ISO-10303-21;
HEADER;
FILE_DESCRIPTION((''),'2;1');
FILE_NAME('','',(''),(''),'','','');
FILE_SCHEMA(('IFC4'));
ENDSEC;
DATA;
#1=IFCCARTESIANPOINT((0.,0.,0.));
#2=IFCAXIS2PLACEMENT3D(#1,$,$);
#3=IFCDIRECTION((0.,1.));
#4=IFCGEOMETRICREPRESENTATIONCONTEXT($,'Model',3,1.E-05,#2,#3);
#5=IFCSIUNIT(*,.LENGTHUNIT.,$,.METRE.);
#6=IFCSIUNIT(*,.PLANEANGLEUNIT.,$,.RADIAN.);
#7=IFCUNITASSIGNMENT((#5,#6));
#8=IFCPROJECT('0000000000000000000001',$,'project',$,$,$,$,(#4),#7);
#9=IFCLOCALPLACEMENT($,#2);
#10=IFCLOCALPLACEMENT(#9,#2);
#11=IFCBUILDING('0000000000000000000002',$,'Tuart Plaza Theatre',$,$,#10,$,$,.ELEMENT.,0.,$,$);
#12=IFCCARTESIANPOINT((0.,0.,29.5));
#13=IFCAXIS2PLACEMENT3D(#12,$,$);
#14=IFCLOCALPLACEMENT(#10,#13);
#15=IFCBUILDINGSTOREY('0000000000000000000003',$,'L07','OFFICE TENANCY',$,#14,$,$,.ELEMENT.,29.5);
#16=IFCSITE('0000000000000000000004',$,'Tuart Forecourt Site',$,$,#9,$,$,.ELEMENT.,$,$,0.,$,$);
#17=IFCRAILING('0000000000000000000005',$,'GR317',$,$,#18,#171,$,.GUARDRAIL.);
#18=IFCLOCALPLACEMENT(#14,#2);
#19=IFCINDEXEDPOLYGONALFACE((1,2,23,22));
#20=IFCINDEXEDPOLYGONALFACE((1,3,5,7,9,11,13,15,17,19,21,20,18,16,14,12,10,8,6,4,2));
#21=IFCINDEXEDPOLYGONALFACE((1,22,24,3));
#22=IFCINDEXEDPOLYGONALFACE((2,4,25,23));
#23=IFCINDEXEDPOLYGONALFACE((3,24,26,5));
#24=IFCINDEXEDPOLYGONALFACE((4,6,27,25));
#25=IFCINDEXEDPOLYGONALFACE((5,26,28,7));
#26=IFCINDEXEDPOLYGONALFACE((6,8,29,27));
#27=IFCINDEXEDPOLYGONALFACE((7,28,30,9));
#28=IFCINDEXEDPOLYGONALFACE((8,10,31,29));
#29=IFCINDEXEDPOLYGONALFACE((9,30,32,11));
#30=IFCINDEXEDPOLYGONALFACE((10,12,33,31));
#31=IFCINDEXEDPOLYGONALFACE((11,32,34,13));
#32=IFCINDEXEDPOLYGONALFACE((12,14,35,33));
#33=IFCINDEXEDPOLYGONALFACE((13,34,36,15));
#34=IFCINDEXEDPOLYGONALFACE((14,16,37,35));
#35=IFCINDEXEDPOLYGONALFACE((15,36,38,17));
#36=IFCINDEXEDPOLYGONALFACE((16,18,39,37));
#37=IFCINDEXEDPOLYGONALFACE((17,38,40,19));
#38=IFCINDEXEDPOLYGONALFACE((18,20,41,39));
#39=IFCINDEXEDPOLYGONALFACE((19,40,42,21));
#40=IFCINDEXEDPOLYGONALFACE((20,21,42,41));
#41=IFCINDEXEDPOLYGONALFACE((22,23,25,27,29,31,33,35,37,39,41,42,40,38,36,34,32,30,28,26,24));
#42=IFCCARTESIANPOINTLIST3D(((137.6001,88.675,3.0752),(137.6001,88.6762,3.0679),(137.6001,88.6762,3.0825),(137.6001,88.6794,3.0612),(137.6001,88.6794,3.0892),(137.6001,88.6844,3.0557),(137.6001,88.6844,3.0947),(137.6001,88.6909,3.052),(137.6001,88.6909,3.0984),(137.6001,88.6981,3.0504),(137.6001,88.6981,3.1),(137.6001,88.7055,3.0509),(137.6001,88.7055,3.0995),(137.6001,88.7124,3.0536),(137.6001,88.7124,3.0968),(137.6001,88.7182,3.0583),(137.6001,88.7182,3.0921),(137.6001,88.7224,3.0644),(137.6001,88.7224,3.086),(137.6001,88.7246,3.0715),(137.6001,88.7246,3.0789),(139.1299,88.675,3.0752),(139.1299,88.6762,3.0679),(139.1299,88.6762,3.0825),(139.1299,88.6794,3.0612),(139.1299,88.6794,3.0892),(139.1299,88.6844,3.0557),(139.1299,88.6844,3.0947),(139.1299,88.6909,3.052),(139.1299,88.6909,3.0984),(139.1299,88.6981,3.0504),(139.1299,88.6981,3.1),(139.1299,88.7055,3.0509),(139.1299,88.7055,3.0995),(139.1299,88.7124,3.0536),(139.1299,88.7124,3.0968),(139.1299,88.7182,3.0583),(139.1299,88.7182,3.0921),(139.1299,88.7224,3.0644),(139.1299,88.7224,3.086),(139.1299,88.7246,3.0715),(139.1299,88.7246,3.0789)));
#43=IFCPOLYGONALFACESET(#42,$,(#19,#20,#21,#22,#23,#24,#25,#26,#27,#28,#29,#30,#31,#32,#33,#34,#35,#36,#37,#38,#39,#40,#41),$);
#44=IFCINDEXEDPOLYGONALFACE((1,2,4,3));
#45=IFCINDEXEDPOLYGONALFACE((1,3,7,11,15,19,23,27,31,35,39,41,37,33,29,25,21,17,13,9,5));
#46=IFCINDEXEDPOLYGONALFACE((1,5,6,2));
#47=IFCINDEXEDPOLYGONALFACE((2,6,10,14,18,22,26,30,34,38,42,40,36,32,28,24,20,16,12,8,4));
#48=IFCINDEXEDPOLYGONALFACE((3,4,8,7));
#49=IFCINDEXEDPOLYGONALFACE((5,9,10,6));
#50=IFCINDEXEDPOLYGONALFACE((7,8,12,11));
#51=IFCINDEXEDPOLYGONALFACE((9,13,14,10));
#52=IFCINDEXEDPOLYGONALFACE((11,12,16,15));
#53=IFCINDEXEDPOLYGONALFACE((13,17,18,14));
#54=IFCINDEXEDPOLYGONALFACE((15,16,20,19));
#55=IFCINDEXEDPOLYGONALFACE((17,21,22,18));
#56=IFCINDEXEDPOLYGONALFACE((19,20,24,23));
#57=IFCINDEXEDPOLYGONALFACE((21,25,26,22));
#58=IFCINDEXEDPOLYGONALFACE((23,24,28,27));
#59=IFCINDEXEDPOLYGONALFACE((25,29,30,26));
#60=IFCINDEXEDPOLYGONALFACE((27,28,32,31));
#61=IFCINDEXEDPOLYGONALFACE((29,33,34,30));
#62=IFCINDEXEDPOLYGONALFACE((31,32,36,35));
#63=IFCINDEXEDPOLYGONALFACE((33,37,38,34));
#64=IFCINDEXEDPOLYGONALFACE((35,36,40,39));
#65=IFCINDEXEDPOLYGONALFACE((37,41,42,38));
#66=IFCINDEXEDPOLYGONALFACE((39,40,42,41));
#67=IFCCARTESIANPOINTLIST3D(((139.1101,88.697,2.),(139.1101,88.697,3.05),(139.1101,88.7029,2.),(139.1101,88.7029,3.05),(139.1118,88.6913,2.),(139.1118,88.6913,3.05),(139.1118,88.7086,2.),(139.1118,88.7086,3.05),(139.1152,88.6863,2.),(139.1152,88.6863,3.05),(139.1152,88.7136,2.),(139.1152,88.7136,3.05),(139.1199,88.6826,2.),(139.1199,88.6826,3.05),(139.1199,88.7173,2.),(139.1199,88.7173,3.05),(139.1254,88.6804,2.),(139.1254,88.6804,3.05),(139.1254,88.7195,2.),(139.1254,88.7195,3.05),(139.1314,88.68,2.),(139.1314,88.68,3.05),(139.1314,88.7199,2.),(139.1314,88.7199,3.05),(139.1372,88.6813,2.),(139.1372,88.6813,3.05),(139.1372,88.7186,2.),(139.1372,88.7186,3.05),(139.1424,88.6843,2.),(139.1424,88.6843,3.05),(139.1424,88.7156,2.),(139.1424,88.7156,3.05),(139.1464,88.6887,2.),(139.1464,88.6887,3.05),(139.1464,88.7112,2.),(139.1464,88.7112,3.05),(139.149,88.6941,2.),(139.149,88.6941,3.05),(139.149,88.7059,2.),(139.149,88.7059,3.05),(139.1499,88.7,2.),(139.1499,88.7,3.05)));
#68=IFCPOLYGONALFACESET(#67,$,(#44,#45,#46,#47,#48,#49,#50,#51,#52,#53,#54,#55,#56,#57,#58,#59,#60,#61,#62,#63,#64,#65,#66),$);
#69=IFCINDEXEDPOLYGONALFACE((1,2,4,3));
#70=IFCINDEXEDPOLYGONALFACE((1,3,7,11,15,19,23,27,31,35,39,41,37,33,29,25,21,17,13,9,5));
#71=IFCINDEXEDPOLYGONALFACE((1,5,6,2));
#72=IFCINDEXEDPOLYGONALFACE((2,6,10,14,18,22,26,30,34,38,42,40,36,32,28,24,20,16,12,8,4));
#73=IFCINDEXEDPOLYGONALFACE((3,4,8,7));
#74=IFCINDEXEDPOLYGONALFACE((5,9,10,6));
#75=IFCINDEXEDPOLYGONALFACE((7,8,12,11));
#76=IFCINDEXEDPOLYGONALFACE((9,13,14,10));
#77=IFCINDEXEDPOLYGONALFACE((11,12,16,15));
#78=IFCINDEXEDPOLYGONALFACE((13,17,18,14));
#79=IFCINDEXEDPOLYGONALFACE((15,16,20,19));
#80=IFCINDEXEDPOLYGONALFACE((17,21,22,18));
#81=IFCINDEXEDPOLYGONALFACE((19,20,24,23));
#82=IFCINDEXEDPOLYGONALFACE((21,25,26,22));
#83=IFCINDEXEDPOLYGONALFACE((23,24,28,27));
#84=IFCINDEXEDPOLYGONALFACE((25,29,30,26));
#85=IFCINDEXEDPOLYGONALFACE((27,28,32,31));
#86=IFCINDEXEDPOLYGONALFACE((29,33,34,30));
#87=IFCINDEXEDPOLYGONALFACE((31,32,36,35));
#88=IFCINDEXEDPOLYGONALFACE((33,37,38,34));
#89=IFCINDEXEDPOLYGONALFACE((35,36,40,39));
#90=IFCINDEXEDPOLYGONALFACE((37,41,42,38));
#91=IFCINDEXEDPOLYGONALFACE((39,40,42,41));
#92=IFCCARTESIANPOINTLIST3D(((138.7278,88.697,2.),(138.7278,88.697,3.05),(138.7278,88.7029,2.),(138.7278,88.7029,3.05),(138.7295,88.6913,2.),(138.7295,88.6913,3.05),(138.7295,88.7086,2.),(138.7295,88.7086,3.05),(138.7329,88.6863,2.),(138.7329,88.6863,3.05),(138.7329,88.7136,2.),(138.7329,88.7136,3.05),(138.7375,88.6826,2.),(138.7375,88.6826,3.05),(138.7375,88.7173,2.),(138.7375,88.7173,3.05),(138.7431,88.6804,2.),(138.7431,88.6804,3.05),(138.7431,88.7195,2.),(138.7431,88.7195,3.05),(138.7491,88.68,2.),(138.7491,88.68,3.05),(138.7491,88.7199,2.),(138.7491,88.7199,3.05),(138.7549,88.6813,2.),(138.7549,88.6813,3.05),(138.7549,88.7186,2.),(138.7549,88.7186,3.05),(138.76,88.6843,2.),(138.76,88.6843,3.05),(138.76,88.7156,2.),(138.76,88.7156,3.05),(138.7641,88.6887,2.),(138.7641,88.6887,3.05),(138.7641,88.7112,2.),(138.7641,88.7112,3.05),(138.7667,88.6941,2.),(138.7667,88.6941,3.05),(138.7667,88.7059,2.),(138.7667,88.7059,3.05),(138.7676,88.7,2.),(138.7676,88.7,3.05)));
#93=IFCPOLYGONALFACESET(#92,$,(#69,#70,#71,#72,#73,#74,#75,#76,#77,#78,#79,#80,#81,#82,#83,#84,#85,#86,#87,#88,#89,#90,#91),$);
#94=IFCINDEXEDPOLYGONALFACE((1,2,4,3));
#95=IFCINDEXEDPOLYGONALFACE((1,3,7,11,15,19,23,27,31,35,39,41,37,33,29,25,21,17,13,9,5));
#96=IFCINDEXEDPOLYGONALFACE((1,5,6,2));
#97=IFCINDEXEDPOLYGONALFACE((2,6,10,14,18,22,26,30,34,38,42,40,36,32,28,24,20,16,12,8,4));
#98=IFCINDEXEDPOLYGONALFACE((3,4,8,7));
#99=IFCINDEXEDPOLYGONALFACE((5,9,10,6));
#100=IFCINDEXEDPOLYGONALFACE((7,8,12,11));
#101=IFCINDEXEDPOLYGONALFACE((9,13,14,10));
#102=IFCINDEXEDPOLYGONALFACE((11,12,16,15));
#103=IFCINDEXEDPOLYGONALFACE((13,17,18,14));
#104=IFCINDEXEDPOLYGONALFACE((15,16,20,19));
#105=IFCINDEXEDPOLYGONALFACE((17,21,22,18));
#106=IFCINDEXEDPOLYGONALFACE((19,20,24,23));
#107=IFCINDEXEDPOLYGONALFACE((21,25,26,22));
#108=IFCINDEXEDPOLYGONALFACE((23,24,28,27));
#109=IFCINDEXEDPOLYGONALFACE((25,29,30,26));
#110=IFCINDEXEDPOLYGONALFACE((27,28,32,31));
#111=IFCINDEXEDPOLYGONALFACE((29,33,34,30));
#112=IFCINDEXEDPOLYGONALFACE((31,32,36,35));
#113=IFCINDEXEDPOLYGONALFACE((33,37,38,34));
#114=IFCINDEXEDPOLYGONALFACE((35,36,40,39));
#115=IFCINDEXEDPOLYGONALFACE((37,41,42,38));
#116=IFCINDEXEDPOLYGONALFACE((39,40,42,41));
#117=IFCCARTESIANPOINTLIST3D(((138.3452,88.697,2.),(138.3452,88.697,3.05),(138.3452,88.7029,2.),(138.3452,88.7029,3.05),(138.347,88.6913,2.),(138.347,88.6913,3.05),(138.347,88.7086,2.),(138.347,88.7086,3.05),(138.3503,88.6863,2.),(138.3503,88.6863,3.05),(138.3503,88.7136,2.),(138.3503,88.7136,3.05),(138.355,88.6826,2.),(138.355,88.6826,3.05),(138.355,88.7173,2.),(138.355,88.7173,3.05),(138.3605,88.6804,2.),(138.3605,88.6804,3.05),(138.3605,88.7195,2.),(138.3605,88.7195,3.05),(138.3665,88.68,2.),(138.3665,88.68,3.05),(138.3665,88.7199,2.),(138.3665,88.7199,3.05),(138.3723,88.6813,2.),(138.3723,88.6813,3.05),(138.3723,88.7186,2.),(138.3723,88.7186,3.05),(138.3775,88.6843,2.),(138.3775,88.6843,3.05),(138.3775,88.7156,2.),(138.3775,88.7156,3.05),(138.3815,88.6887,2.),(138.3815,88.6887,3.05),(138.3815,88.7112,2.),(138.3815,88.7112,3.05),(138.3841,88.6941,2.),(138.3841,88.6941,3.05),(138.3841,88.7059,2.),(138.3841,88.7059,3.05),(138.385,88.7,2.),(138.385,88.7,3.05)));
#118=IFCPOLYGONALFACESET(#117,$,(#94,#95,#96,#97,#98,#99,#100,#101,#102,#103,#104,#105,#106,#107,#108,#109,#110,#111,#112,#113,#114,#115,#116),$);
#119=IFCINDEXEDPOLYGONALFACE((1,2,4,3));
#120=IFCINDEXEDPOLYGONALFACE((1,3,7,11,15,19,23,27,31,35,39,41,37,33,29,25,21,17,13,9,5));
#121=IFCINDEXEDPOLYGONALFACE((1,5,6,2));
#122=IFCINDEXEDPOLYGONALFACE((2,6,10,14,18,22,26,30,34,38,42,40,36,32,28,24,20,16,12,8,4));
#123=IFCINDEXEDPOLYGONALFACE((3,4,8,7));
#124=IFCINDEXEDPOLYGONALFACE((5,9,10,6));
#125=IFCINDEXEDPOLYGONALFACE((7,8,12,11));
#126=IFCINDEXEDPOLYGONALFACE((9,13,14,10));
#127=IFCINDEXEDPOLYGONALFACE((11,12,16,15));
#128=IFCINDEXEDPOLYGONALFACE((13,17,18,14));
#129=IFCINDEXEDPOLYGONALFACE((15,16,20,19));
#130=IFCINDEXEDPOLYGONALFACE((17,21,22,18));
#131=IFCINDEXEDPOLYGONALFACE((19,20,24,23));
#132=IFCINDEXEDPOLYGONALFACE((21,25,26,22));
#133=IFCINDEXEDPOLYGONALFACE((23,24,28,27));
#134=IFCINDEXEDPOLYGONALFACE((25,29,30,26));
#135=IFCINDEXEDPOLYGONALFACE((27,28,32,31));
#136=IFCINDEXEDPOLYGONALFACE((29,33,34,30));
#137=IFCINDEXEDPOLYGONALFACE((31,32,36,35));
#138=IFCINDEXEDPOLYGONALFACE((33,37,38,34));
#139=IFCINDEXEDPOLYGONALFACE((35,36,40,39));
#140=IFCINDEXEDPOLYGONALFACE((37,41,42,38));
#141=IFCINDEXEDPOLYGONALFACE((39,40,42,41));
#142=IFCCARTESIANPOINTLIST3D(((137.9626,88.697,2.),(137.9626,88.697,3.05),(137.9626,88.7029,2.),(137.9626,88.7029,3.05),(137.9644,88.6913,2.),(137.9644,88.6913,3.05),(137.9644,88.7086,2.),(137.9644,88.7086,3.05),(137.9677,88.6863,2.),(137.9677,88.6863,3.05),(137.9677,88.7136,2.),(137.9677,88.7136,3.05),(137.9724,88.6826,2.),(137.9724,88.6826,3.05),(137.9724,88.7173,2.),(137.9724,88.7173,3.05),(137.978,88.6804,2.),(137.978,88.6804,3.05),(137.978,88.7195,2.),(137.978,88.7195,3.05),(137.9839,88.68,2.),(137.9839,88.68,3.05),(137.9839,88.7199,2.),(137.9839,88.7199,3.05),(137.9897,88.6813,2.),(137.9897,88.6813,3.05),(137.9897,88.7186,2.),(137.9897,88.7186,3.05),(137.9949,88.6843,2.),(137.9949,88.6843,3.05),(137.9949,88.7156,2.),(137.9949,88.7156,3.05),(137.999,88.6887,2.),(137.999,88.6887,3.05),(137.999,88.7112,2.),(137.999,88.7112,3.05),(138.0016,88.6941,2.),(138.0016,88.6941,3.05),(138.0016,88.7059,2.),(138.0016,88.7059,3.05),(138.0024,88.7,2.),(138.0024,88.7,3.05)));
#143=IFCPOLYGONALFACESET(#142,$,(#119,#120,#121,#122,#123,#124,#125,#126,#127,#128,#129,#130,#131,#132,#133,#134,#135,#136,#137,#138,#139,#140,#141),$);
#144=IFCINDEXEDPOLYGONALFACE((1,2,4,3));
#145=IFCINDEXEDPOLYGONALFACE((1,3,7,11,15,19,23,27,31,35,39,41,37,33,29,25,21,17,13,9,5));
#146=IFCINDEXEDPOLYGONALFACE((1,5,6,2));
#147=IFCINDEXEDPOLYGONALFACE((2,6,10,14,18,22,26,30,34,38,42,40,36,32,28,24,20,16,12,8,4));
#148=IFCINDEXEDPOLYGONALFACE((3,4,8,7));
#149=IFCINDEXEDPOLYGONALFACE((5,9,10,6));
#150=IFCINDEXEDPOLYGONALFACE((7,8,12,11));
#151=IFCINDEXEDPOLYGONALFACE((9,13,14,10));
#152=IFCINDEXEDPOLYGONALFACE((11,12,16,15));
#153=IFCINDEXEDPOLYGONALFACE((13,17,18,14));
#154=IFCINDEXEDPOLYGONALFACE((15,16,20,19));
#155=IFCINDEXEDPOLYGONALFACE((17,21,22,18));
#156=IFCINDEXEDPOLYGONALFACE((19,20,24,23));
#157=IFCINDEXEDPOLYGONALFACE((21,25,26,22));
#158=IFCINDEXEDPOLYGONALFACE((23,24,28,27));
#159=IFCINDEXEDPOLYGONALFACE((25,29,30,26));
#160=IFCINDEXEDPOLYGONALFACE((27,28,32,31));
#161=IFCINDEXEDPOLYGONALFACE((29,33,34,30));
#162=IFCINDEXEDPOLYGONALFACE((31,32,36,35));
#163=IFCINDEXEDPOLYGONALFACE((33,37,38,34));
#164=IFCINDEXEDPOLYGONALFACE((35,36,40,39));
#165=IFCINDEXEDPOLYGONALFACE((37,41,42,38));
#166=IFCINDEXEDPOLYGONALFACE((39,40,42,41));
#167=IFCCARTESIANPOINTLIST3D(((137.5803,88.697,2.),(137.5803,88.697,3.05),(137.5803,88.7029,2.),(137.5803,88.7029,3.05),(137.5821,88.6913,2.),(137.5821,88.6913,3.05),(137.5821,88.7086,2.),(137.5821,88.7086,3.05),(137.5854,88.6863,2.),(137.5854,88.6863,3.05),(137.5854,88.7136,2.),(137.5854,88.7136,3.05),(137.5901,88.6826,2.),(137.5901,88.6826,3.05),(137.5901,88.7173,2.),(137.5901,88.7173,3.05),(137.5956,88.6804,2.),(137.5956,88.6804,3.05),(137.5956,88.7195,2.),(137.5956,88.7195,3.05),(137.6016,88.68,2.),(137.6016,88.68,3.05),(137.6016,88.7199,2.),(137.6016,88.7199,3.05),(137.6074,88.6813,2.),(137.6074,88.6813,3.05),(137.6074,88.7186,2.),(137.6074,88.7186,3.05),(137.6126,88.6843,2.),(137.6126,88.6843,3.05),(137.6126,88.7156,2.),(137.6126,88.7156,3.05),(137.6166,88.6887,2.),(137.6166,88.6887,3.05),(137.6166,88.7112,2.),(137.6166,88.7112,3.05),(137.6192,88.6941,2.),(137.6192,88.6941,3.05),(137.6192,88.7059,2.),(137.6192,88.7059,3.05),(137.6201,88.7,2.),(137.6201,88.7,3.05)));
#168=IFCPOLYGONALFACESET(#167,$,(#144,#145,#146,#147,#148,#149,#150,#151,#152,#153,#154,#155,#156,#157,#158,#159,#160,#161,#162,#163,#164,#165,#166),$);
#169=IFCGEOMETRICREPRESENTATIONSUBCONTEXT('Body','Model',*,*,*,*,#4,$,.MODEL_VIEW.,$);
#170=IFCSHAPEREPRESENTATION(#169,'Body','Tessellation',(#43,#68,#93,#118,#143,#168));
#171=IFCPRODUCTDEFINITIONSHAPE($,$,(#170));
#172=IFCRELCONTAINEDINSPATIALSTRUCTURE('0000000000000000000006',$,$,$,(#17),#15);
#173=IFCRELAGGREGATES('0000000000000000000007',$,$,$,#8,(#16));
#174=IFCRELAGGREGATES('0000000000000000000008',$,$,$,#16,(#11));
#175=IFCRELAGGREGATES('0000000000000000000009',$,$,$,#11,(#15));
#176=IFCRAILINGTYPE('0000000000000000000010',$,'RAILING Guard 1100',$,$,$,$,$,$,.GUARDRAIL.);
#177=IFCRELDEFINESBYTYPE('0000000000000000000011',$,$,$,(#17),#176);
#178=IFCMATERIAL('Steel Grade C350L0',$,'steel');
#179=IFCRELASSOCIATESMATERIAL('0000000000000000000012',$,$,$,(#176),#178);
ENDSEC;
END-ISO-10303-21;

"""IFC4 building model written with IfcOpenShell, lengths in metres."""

from ifc_helpers import new_model, si_unit, direction, frame, origin, origin_2d, place, context, subcontext, project, spatial, circle, extrude, material, type_object, element, save


model = new_model("IFC4")

# Units and contexts
model_context = context("Model", 3, precision=1e-05, world=origin(), true_north=direction((0.0, 1.0)))
body_context = subcontext(model_context, "Body", "Model", "MODEL_VIEW")
ifc_project = project(units=[si_unit("LENGTHUNIT", "METRE"), si_unit("PLANEANGLEUNIT", "RADIAN")], contexts=[model_context])

# Site, building, storey
site_placement = place(None, origin())
site = spatial("IfcSite", under=ifc_project, at=site_placement, Name="Tuart Forecourt Site", CompositionType="ELEMENT", RefElevation=0.0)
building_placement = place(site_placement, origin())
building = spatial("IfcBuilding", under=site, at=building_placement, Name="Tuart Plaza Theatre", CompositionType="ELEMENT", ElevationOfRefHeight=0.0)
storey_placement = place(building_placement, frame((0.0, 0.0, 29.5)))
storey = spatial("IfcBuildingStorey", under=building, at=storey_placement, Name="L07", Description="OFFICE TENANCY", CompositionType="ELEMENT", Elevation=29.5)

# Railing
ifc_material_1 = material(Name="Steel Grade C350L0", Category="steel")
railing_type_1 = type_object("IfcRailingType", Name="RAILING Guard 1100", PredefinedType="GUARDRAIL", material=ifc_material_1)
railing_1_placement = place(storey_placement, frame((139.1299, 88.7, 2.0)))
element("IfcRailing", 1, at=railing_1_placement, inside=storey, type_object=railing_type_1, Name="GR317", PredefinedType="GUARDRAIL", context=body_context, shape_type="SweptSolid", body=[
    extrude(circle(Radius=0.0249, at=origin_2d()), frame((0.0, 0.0, 1.0752), z_axis=(-1.0, 0.0, 0.0), x_axis=(0.0, -1.0, 0.0)), (0.0, 0.0, 1.0), 1.5298),
    extrude(circle(Radius=0.02, at=origin_2d()), origin(), (0.0, 0.0, 1.0), 1.05),
    extrude(circle(Radius=0.02, at=origin_2d()), frame((-0.3823, 0.0, 0.0)), (0.0, 0.0, 1.0), 1.05),
    extrude(circle(Radius=0.02, at=origin_2d()), frame((-0.7649, 0.0, 0.0)), (0.0, 0.0, 1.0), 1.05),
    extrude(circle(Radius=0.02, at=origin_2d()), frame((-1.1475, 0.0, 0.0)), (0.0, 0.0, 1.0), 1.05),
    extrude(circle(Radius=0.02, at=origin_2d()), frame((-1.5298, 0.0, 0.0)), (0.0, 0.0, 1.0), 1.05),
])

save(model, "model.ifc")
